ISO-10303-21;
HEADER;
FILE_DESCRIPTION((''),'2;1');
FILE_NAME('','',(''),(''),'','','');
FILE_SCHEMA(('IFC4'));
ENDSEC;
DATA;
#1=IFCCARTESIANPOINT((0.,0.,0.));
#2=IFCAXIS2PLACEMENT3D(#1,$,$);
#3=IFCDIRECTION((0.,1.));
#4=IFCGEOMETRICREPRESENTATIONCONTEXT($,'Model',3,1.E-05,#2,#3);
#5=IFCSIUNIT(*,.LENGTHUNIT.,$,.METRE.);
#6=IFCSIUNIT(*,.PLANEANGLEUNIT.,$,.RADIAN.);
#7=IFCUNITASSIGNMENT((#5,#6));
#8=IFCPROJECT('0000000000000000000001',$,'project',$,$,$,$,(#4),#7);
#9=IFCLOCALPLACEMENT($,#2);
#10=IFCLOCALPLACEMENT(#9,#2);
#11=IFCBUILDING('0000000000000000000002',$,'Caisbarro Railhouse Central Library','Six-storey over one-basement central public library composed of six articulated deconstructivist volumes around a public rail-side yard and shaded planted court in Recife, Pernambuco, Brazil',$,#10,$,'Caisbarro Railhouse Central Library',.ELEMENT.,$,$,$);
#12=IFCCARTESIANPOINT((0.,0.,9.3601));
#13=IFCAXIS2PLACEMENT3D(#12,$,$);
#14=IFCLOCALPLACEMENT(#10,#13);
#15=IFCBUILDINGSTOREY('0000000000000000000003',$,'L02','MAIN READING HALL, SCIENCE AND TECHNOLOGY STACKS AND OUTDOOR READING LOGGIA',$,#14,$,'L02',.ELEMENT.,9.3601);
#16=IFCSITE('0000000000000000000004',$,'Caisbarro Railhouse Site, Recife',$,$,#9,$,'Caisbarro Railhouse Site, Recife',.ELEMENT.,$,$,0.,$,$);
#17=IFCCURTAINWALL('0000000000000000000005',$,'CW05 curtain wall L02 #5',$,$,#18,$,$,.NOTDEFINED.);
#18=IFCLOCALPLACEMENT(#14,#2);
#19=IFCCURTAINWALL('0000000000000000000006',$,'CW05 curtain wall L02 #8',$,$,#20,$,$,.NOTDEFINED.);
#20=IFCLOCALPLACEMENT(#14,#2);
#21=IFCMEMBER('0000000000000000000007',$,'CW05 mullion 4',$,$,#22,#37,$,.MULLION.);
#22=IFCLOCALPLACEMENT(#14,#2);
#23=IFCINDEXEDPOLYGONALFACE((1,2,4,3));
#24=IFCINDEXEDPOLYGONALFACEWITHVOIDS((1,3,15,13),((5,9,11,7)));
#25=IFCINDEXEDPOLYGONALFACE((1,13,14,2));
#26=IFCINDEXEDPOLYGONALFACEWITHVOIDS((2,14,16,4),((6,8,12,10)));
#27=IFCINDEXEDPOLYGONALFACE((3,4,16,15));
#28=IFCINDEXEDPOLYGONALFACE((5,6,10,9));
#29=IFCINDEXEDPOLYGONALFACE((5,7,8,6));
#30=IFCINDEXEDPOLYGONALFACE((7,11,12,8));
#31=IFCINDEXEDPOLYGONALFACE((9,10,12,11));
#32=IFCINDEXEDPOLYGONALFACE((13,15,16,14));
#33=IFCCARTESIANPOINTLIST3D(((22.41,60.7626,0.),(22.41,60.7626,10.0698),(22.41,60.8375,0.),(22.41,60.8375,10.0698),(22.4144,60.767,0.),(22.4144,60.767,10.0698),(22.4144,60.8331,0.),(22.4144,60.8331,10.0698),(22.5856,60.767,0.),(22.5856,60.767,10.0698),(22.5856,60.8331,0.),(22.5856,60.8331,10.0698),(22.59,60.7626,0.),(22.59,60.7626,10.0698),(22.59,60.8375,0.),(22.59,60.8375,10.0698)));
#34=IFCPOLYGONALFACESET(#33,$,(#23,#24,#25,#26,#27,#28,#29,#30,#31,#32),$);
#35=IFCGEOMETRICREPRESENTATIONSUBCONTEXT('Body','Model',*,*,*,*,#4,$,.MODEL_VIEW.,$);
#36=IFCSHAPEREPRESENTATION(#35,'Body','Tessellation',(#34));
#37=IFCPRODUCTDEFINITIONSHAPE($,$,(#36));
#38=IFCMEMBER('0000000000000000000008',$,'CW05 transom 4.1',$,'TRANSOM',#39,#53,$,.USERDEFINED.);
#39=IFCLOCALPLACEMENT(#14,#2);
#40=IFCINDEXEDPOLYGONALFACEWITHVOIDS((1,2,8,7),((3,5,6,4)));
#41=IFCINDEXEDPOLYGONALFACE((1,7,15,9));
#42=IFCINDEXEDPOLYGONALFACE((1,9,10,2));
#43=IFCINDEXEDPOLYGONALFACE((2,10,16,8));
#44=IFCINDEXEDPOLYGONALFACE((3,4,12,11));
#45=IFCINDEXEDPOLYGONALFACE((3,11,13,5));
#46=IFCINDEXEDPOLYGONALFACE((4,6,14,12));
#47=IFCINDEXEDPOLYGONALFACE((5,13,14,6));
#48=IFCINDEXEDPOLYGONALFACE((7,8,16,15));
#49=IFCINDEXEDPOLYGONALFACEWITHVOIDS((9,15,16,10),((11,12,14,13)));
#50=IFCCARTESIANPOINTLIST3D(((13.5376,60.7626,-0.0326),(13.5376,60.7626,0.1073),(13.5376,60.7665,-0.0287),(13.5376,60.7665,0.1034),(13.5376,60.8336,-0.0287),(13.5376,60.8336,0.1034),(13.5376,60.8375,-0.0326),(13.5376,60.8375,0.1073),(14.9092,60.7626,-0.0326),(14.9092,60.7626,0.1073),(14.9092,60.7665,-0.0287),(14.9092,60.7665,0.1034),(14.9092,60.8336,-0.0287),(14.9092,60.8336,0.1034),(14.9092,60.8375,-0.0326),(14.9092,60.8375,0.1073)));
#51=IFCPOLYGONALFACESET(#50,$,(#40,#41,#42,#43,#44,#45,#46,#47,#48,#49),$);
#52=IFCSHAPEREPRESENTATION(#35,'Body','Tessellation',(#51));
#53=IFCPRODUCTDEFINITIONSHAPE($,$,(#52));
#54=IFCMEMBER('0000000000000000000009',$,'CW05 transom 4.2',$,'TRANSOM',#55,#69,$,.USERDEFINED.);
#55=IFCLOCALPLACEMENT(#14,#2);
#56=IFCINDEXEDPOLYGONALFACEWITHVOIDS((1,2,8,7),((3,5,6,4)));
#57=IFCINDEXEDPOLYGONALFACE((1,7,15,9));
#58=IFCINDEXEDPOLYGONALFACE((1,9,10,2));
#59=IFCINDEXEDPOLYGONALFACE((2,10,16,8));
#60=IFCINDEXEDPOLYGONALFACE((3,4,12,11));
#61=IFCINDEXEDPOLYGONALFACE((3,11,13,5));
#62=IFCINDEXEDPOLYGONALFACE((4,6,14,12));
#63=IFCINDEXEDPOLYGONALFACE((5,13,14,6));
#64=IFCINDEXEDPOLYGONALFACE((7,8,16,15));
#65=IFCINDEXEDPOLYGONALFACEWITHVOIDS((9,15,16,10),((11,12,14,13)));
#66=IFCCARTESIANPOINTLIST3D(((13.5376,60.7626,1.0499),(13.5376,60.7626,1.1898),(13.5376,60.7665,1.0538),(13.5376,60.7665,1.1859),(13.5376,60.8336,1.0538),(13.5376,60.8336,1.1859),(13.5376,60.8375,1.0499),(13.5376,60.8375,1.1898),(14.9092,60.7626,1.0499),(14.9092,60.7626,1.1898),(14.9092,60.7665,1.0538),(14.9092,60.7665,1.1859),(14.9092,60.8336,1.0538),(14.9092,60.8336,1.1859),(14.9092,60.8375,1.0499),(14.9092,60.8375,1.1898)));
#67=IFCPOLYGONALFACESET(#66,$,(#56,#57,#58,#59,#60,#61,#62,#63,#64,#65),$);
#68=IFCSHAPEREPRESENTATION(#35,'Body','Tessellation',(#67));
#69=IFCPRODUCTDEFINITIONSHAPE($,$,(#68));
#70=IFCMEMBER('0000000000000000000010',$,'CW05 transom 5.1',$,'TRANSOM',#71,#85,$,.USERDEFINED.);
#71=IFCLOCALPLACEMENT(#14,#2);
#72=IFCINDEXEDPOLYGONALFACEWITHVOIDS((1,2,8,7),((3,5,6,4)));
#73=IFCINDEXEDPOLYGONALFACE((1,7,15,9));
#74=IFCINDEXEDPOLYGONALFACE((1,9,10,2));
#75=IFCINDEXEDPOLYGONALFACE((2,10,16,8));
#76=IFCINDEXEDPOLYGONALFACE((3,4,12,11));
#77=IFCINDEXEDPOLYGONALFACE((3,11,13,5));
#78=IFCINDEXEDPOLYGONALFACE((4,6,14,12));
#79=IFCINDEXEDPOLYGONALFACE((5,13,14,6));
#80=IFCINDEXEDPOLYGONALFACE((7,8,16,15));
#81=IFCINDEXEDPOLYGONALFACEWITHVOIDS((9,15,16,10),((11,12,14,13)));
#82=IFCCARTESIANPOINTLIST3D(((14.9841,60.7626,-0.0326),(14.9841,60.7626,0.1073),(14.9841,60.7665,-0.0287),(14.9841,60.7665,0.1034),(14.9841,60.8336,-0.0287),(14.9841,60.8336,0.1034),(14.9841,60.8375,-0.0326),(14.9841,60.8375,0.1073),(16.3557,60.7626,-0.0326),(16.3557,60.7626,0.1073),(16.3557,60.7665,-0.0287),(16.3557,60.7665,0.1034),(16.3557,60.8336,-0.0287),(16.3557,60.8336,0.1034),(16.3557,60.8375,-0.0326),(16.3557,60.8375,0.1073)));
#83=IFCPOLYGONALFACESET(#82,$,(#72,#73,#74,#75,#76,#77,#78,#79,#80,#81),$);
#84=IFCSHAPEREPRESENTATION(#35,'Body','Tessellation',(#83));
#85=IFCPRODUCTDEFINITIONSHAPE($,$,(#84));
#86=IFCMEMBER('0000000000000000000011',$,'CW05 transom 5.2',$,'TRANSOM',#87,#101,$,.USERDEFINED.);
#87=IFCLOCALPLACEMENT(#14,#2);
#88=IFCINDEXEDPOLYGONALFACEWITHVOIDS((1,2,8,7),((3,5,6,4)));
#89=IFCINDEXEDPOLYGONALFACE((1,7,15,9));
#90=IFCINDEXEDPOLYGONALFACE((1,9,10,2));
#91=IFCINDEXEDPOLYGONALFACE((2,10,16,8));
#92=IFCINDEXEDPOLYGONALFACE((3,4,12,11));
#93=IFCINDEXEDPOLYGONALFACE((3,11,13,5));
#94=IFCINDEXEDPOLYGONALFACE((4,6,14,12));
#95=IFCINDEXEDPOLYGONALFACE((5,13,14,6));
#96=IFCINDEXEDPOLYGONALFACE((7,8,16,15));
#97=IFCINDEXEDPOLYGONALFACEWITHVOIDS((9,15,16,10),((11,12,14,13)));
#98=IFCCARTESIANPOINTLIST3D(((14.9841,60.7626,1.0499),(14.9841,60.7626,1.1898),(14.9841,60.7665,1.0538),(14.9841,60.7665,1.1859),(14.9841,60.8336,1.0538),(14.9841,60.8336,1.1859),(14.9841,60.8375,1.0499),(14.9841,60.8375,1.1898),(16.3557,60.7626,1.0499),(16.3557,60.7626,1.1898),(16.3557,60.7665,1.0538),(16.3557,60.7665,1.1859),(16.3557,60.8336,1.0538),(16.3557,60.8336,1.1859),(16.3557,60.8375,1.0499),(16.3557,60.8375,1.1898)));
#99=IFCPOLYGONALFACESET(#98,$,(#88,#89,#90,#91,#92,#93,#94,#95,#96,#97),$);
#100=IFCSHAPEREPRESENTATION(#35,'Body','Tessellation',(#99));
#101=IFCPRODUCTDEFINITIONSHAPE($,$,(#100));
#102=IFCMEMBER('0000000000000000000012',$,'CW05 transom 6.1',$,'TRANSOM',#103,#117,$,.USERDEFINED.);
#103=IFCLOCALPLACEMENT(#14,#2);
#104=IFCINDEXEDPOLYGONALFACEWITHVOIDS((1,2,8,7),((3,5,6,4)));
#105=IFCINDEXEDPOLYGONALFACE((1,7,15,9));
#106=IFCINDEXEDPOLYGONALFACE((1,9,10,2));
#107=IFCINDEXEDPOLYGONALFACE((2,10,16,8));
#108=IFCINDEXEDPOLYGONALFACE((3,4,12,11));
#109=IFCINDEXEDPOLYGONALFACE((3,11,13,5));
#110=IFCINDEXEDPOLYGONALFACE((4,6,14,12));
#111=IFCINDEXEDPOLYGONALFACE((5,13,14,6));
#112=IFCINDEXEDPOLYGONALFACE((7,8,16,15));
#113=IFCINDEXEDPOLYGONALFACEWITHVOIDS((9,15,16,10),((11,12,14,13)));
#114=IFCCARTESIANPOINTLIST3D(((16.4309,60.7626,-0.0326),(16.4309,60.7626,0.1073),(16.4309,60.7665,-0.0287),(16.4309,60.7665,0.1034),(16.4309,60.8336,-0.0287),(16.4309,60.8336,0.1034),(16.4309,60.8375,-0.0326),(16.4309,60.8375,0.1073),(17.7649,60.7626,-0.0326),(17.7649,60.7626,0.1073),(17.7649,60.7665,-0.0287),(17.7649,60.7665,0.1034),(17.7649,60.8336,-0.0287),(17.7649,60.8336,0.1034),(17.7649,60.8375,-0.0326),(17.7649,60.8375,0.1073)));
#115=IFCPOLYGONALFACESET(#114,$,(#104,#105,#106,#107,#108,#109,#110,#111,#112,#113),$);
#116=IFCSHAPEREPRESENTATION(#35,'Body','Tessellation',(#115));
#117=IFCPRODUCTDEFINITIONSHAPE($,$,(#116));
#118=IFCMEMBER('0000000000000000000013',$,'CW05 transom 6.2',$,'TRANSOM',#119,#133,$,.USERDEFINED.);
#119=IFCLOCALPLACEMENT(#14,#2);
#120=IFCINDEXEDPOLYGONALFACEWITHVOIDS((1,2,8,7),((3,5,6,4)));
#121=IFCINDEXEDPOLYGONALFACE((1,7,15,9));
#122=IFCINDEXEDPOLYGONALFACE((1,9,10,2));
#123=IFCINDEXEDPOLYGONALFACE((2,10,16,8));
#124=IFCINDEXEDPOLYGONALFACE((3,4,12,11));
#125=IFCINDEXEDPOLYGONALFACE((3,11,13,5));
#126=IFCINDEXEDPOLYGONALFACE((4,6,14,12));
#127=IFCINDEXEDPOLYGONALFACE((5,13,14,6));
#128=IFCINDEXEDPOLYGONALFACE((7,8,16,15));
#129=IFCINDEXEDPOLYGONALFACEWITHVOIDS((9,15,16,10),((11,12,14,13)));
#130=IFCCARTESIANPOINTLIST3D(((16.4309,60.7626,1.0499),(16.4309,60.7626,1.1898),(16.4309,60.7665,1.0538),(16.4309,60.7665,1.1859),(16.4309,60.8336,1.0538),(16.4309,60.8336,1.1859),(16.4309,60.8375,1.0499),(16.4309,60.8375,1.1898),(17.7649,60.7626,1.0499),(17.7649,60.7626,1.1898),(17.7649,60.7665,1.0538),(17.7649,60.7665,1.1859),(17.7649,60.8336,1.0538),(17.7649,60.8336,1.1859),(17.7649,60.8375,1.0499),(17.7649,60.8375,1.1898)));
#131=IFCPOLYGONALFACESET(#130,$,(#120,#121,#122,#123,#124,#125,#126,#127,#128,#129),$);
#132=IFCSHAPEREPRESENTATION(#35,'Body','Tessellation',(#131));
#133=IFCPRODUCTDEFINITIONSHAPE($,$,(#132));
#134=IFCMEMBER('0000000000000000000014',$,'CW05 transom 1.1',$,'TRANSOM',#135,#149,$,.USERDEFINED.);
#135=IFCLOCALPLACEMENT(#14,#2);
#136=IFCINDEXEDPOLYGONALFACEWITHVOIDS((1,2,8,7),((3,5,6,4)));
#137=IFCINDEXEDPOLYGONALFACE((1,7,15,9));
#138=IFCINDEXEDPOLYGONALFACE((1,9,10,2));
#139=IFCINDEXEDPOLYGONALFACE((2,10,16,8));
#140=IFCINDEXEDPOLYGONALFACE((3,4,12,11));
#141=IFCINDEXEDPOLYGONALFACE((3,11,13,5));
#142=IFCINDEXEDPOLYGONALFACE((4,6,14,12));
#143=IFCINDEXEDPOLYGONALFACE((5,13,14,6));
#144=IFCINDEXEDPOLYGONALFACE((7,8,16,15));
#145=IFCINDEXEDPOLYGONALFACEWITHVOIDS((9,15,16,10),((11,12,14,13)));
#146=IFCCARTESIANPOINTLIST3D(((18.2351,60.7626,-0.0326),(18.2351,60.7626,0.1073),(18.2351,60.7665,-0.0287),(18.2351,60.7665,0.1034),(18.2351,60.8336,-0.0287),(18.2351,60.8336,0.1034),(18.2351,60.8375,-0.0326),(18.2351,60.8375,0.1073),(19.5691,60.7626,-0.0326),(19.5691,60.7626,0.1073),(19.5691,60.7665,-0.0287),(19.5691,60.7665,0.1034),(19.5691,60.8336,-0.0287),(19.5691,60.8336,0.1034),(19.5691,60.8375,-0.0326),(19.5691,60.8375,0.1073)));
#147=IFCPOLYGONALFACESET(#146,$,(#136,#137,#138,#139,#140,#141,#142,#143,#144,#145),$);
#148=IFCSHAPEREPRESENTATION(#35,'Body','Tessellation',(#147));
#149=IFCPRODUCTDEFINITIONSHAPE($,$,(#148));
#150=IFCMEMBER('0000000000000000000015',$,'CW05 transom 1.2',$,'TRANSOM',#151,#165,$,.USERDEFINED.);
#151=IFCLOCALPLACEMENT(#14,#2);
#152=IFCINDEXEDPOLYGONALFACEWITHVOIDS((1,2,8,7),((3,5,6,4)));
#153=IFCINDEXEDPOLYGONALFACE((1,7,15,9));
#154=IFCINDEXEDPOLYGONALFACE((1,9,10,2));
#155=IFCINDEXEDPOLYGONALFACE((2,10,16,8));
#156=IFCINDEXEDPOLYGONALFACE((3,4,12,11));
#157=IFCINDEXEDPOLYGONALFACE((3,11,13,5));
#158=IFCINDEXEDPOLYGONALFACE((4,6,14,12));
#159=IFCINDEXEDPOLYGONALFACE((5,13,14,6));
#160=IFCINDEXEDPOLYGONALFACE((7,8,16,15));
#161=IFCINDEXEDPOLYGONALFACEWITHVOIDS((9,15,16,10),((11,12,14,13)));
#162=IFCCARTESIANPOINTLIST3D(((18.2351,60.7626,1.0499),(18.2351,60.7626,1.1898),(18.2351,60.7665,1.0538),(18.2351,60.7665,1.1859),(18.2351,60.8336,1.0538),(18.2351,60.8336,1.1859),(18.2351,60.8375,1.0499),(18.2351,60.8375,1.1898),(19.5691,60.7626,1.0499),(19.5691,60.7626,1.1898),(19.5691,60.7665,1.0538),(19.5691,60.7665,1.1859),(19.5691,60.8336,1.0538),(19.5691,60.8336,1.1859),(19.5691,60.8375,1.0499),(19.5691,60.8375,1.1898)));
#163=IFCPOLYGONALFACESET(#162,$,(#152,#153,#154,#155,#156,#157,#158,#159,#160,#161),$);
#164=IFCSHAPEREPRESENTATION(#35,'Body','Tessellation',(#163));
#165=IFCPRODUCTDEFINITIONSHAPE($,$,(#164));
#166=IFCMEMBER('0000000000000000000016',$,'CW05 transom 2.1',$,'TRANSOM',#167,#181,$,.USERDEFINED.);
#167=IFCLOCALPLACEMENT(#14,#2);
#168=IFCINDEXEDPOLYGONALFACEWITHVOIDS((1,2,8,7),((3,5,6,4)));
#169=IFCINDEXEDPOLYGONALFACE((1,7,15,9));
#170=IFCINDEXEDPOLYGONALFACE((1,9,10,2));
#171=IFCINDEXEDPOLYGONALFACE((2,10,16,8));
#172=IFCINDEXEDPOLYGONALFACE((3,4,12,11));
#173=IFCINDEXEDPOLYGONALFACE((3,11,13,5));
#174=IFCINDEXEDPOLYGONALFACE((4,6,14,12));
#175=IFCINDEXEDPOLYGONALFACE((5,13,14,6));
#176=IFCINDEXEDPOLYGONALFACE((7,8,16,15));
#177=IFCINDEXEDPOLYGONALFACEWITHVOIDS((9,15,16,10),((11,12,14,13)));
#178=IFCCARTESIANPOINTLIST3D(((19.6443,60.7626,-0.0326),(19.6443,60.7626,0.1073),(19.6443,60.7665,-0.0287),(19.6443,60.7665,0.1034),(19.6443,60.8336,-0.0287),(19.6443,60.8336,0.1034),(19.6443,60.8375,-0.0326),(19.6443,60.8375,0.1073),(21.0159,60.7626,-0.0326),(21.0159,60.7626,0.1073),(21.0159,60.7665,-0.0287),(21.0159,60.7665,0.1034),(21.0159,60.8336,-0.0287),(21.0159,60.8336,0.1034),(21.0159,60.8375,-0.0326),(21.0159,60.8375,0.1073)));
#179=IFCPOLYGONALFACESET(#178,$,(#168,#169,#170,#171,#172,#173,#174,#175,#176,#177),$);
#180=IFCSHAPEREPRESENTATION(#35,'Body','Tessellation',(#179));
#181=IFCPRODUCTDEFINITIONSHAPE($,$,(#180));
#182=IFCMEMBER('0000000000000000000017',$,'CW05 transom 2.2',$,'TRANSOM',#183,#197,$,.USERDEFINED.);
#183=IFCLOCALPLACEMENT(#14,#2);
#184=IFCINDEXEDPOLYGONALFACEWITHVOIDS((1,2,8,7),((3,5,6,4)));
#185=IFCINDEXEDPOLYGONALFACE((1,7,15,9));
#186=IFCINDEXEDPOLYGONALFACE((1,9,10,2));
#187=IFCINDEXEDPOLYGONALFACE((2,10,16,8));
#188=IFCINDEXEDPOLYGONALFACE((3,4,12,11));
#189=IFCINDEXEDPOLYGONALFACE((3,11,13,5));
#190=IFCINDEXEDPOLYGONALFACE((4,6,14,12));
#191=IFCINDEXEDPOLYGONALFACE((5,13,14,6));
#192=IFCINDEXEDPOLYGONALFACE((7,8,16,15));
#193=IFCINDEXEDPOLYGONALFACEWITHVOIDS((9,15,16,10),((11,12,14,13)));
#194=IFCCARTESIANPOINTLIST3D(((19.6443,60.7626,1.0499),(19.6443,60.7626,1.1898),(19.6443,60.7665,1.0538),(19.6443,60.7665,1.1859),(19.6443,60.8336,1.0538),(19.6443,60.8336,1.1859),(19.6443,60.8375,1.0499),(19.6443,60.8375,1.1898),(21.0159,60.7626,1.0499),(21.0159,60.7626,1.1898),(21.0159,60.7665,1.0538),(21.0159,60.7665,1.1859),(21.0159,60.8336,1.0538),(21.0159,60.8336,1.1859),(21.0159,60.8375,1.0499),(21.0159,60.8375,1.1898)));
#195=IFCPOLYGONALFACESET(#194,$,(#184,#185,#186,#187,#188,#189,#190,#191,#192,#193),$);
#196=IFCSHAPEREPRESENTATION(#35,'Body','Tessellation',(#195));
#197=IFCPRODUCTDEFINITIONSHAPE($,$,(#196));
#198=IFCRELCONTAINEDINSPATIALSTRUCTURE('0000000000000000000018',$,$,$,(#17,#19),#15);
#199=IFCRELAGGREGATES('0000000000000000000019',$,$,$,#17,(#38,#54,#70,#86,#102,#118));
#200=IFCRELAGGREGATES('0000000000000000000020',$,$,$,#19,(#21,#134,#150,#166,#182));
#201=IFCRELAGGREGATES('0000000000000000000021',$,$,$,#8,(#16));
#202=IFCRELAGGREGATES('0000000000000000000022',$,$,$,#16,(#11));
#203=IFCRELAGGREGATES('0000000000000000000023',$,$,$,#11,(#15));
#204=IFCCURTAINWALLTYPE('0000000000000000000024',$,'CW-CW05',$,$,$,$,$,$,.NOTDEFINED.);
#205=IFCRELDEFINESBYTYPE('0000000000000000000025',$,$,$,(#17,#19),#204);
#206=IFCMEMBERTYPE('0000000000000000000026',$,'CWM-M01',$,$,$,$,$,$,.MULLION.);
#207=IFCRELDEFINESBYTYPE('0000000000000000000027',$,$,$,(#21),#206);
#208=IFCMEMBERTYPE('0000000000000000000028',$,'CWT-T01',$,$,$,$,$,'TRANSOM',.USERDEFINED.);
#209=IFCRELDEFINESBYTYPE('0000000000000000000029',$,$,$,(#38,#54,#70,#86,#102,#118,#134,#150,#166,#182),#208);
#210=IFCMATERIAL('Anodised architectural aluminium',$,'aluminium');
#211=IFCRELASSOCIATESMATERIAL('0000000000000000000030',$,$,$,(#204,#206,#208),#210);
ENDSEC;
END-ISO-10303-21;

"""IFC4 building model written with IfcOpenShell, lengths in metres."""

from ifc_helpers import new_model, si_unit, direction, frame, origin, origin_2d, place, context, subcontext, project, spatial, hollow_rectangle, extrude, material, material_profile, profile_set, type_object, element, aggregate, save


model = new_model("IFC4")

# Units and contexts
model_context = context("Model", 3, precision=1e-05, world=origin(), true_north=direction((0.0, 1.0)))
body_context = subcontext(model_context, "Body", "Model", "MODEL_VIEW")
ifc_project = project(units=[si_unit("LENGTHUNIT", "METRE"), si_unit("PLANEANGLEUNIT", "RADIAN")], contexts=[model_context])

# Site, building, storey
site_placement = place(None, origin())
site = spatial("IfcSite", under=ifc_project, at=site_placement, Name="Caisbarro Railhouse Site, Recife", LongName="Caisbarro Railhouse Site, Recife", CompositionType="ELEMENT", RefElevation=0.0)
building_placement = place(site_placement, origin())
building = spatial("IfcBuilding", under=site, at=building_placement, Name="Caisbarro Railhouse Central Library", Description="Six-storey over one-basement central public library composed of six articulated deconstructivist volumes around a public rail-side yard and shaded planted court in Recife, Pernambuco, Brazil", LongName="Caisbarro Railhouse Central Library", CompositionType="ELEMENT")
storey_placement = place(building_placement, frame((0.0, 0.0, 9.3601)))
storey = spatial("IfcBuildingStorey", under=building, at=storey_placement, Name="L02", Description="MAIN READING HALL, SCIENCE AND TECHNOLOGY STACKS AND OUTDOOR READING LOGGIA", LongName="L02", CompositionType="ELEMENT", Elevation=9.3601)

# Curtain walls, member
ifc_material_1 = material(Name="Anodised architectural aluminium", Category="aluminium")
curtain_wall_type = type_object("IfcCurtainWallType", Name="CW-CW05", PredefinedType="NOTDEFINED", material=ifc_material_1)
curtain_wall_1_placement = place(storey_placement, origin())
curtain_wall_1 = element("IfcCurtainWall", 1, at=curtain_wall_1_placement, inside=storey, type_object=curtain_wall_type, Name="CW05 curtain wall L02 #5", PredefinedType="NOTDEFINED")
ifc_material_profile_1 = material_profile(ifc_material_1, hollow_rectangle(XDim=0.075, YDim=0.1799, WallThickness=0.0044, at=origin_2d()), Name="ALU-MUL-75X180")
ifc_profile_set_1 = profile_set([ifc_material_profile_1], Name="Anodised architectural aluminium")
member_type_1 = type_object("IfcMemberType", Name="CWM-M01", PredefinedType="MULLION", material=ifc_profile_set_1)
curtain_wall_2_placement = place(storey_placement, origin())
curtain_wall_2 = element("IfcCurtainWall", 2, at=curtain_wall_2_placement, inside=storey, type_object=curtain_wall_type, Name="CW05 curtain wall L02 #8", PredefinedType="NOTDEFINED")
member_1_placement = place(storey_placement, frame((22.5, 60.8, 0.0), z_axis=(0.0, 0.0, 1.0), x_axis=(0.0, 1.0, 0.0)))
member_1 = element("IfcMember", 3, at=member_1_placement, type_object=member_type_1, Name="CW05 mullion 4", PredefinedType="MULLION", context=body_context, shape_type="SweptSolid", body=[
    extrude(hollow_rectangle(XDim=0.075, YDim=0.1799, WallThickness=0.0044, at=origin_2d()), origin(), (0.0, 0.0, 1.0), 10.0698),
])

# Members
ifc_material_profile_2 = material_profile(ifc_material_1, hollow_rectangle(XDim=0.075, YDim=0.1399, WallThickness=0.0039, at=origin_2d()), Name="ALU-TRN-75X140")
ifc_profile_set_2 = profile_set([ifc_material_profile_2], Name="Anodised architectural aluminium")
member_type_2 = type_object("IfcMemberType", Name="CWT-T01", ElementType="TRANSOM", PredefinedType="USERDEFINED", material=ifc_profile_set_2)
member_2_placement = place(storey_placement, frame((13.5376, 60.8, 0.0374), z_axis=(1.0, 0.0, 0.0), x_axis=(0.0, 1.0, 0.0)))
member_2 = element("IfcMember", 4, at=member_2_placement, type_object=member_type_2, Name="CW05 transom 4.1", ObjectType="TRANSOM", PredefinedType="USERDEFINED", context=body_context, shape_type="SweptSolid", body=[
    extrude(hollow_rectangle(XDim=0.075, YDim=0.1399, WallThickness=0.0039, at=origin_2d()), origin(), (0.0, 0.0, 1.0), 1.3716),
])
member_3_placement = place(storey_placement, frame((13.5376, 60.8, 1.1199), z_axis=(1.0, 0.0, 0.0), x_axis=(0.0, 1.0, 0.0)))
member_3 = element("IfcMember", 5, at=member_3_placement, type_object=member_type_2, Name="CW05 transom 4.2", ObjectType="TRANSOM", PredefinedType="USERDEFINED", context=body_context, shape_type="SweptSolid", body=[
    extrude(hollow_rectangle(XDim=0.075, YDim=0.1399, WallThickness=0.0039, at=origin_2d()), origin(), (0.0, 0.0, 1.0), 1.3716),
])
member_4_placement = place(storey_placement, frame((14.9841, 60.8, 0.0374), z_axis=(1.0, 0.0, 0.0), x_axis=(0.0, 1.0, 0.0)))
member_4 = element("IfcMember", 6, at=member_4_placement, type_object=member_type_2, Name="CW05 transom 5.1", ObjectType="TRANSOM", PredefinedType="USERDEFINED", context=body_context, shape_type="SweptSolid", body=[
    extrude(hollow_rectangle(XDim=0.075, YDim=0.1399, WallThickness=0.0039, at=origin_2d()), origin(), (0.0, 0.0, 1.0), 1.3716),
])
member_5_placement = place(storey_placement, frame((14.9841, 60.8, 1.1199), z_axis=(1.0, 0.0, 0.0), x_axis=(0.0, 1.0, 0.0)))
member_5 = element("IfcMember", 7, at=member_5_placement, type_object=member_type_2, Name="CW05 transom 5.2", ObjectType="TRANSOM", PredefinedType="USERDEFINED", context=body_context, shape_type="SweptSolid", body=[
    extrude(hollow_rectangle(XDim=0.075, YDim=0.1399, WallThickness=0.0039, at=origin_2d()), origin(), (0.0, 0.0, 1.0), 1.3716),
])
member_6_placement = place(storey_placement, frame((16.4309, 60.8, 0.0374), z_axis=(1.0, 0.0, 0.0), x_axis=(0.0, 1.0, 0.0)))
member_6 = element("IfcMember", 8, at=member_6_placement, type_object=member_type_2, Name="CW05 transom 6.1", ObjectType="TRANSOM", PredefinedType="USERDEFINED", context=body_context, shape_type="SweptSolid", body=[
    extrude(hollow_rectangle(XDim=0.075, YDim=0.1399, WallThickness=0.0039, at=origin_2d()), origin(), (0.0, 0.0, 1.0), 1.334),
])
member_7_placement = place(storey_placement, frame((16.4309, 60.8, 1.1199), z_axis=(1.0, 0.0, 0.0), x_axis=(0.0, 1.0, 0.0)))
member_7 = element("IfcMember", 9, at=member_7_placement, type_object=member_type_2, Name="CW05 transom 6.2", ObjectType="TRANSOM", PredefinedType="USERDEFINED", context=body_context, shape_type="SweptSolid", body=[
    extrude(hollow_rectangle(XDim=0.075, YDim=0.1399, WallThickness=0.0039, at=origin_2d()), origin(), (0.0, 0.0, 1.0), 1.334),
])
member_8_placement = place(storey_placement, frame((18.2351, 60.8, 0.0374), z_axis=(1.0, 0.0, 0.0), x_axis=(0.0, 1.0, 0.0)))
member_8 = element("IfcMember", 10, at=member_8_placement, type_object=member_type_2, Name="CW05 transom 1.1", ObjectType="TRANSOM", PredefinedType="USERDEFINED", context=body_context, shape_type="SweptSolid", body=[
    extrude(hollow_rectangle(XDim=0.075, YDim=0.1399, WallThickness=0.0039, at=origin_2d()), origin(), (0.0, 0.0, 1.0), 1.334),
])
member_9_placement = place(storey_placement, frame((18.2351, 60.8, 1.1199), z_axis=(1.0, 0.0, 0.0), x_axis=(0.0, 1.0, 0.0)))
member_9 = element("IfcMember", 11, at=member_9_placement, type_object=member_type_2, Name="CW05 transom 1.2", ObjectType="TRANSOM", PredefinedType="USERDEFINED", context=body_context, shape_type="SweptSolid", body=[
    extrude(hollow_rectangle(XDim=0.075, YDim=0.1399, WallThickness=0.0039, at=origin_2d()), origin(), (0.0, 0.0, 1.0), 1.334),
])
member_10_placement = place(storey_placement, frame((19.6443, 60.8, 0.0374), z_axis=(1.0, 0.0, 0.0), x_axis=(0.0, 1.0, 0.0)))
member_10 = element("IfcMember", 12, at=member_10_placement, type_object=member_type_2, Name="CW05 transom 2.1", ObjectType="TRANSOM", PredefinedType="USERDEFINED", context=body_context, shape_type="SweptSolid", body=[
    extrude(hollow_rectangle(XDim=0.075, YDim=0.1399, WallThickness=0.0039, at=origin_2d()), origin(), (0.0, 0.0, 1.0), 1.3716),
])
member_11_placement = place(storey_placement, frame((19.6443, 60.8, 1.1199), z_axis=(1.0, 0.0, 0.0), x_axis=(0.0, 1.0, 0.0)))
member_11 = element("IfcMember", 13, at=member_11_placement, type_object=member_type_2, Name="CW05 transom 2.2", ObjectType="TRANSOM", PredefinedType="USERDEFINED", context=body_context, shape_type="SweptSolid", body=[
    extrude(hollow_rectangle(XDim=0.075, YDim=0.1399, WallThickness=0.0039, at=origin_2d()), origin(), (0.0, 0.0, 1.0), 1.3716),
])

aggregate(curtain_wall_1, [member_2, member_3, member_4, member_5, member_6, member_7])
aggregate(curtain_wall_2, [member_1, member_8, member_9, member_10, member_11])

save(model, "model.ifc")
